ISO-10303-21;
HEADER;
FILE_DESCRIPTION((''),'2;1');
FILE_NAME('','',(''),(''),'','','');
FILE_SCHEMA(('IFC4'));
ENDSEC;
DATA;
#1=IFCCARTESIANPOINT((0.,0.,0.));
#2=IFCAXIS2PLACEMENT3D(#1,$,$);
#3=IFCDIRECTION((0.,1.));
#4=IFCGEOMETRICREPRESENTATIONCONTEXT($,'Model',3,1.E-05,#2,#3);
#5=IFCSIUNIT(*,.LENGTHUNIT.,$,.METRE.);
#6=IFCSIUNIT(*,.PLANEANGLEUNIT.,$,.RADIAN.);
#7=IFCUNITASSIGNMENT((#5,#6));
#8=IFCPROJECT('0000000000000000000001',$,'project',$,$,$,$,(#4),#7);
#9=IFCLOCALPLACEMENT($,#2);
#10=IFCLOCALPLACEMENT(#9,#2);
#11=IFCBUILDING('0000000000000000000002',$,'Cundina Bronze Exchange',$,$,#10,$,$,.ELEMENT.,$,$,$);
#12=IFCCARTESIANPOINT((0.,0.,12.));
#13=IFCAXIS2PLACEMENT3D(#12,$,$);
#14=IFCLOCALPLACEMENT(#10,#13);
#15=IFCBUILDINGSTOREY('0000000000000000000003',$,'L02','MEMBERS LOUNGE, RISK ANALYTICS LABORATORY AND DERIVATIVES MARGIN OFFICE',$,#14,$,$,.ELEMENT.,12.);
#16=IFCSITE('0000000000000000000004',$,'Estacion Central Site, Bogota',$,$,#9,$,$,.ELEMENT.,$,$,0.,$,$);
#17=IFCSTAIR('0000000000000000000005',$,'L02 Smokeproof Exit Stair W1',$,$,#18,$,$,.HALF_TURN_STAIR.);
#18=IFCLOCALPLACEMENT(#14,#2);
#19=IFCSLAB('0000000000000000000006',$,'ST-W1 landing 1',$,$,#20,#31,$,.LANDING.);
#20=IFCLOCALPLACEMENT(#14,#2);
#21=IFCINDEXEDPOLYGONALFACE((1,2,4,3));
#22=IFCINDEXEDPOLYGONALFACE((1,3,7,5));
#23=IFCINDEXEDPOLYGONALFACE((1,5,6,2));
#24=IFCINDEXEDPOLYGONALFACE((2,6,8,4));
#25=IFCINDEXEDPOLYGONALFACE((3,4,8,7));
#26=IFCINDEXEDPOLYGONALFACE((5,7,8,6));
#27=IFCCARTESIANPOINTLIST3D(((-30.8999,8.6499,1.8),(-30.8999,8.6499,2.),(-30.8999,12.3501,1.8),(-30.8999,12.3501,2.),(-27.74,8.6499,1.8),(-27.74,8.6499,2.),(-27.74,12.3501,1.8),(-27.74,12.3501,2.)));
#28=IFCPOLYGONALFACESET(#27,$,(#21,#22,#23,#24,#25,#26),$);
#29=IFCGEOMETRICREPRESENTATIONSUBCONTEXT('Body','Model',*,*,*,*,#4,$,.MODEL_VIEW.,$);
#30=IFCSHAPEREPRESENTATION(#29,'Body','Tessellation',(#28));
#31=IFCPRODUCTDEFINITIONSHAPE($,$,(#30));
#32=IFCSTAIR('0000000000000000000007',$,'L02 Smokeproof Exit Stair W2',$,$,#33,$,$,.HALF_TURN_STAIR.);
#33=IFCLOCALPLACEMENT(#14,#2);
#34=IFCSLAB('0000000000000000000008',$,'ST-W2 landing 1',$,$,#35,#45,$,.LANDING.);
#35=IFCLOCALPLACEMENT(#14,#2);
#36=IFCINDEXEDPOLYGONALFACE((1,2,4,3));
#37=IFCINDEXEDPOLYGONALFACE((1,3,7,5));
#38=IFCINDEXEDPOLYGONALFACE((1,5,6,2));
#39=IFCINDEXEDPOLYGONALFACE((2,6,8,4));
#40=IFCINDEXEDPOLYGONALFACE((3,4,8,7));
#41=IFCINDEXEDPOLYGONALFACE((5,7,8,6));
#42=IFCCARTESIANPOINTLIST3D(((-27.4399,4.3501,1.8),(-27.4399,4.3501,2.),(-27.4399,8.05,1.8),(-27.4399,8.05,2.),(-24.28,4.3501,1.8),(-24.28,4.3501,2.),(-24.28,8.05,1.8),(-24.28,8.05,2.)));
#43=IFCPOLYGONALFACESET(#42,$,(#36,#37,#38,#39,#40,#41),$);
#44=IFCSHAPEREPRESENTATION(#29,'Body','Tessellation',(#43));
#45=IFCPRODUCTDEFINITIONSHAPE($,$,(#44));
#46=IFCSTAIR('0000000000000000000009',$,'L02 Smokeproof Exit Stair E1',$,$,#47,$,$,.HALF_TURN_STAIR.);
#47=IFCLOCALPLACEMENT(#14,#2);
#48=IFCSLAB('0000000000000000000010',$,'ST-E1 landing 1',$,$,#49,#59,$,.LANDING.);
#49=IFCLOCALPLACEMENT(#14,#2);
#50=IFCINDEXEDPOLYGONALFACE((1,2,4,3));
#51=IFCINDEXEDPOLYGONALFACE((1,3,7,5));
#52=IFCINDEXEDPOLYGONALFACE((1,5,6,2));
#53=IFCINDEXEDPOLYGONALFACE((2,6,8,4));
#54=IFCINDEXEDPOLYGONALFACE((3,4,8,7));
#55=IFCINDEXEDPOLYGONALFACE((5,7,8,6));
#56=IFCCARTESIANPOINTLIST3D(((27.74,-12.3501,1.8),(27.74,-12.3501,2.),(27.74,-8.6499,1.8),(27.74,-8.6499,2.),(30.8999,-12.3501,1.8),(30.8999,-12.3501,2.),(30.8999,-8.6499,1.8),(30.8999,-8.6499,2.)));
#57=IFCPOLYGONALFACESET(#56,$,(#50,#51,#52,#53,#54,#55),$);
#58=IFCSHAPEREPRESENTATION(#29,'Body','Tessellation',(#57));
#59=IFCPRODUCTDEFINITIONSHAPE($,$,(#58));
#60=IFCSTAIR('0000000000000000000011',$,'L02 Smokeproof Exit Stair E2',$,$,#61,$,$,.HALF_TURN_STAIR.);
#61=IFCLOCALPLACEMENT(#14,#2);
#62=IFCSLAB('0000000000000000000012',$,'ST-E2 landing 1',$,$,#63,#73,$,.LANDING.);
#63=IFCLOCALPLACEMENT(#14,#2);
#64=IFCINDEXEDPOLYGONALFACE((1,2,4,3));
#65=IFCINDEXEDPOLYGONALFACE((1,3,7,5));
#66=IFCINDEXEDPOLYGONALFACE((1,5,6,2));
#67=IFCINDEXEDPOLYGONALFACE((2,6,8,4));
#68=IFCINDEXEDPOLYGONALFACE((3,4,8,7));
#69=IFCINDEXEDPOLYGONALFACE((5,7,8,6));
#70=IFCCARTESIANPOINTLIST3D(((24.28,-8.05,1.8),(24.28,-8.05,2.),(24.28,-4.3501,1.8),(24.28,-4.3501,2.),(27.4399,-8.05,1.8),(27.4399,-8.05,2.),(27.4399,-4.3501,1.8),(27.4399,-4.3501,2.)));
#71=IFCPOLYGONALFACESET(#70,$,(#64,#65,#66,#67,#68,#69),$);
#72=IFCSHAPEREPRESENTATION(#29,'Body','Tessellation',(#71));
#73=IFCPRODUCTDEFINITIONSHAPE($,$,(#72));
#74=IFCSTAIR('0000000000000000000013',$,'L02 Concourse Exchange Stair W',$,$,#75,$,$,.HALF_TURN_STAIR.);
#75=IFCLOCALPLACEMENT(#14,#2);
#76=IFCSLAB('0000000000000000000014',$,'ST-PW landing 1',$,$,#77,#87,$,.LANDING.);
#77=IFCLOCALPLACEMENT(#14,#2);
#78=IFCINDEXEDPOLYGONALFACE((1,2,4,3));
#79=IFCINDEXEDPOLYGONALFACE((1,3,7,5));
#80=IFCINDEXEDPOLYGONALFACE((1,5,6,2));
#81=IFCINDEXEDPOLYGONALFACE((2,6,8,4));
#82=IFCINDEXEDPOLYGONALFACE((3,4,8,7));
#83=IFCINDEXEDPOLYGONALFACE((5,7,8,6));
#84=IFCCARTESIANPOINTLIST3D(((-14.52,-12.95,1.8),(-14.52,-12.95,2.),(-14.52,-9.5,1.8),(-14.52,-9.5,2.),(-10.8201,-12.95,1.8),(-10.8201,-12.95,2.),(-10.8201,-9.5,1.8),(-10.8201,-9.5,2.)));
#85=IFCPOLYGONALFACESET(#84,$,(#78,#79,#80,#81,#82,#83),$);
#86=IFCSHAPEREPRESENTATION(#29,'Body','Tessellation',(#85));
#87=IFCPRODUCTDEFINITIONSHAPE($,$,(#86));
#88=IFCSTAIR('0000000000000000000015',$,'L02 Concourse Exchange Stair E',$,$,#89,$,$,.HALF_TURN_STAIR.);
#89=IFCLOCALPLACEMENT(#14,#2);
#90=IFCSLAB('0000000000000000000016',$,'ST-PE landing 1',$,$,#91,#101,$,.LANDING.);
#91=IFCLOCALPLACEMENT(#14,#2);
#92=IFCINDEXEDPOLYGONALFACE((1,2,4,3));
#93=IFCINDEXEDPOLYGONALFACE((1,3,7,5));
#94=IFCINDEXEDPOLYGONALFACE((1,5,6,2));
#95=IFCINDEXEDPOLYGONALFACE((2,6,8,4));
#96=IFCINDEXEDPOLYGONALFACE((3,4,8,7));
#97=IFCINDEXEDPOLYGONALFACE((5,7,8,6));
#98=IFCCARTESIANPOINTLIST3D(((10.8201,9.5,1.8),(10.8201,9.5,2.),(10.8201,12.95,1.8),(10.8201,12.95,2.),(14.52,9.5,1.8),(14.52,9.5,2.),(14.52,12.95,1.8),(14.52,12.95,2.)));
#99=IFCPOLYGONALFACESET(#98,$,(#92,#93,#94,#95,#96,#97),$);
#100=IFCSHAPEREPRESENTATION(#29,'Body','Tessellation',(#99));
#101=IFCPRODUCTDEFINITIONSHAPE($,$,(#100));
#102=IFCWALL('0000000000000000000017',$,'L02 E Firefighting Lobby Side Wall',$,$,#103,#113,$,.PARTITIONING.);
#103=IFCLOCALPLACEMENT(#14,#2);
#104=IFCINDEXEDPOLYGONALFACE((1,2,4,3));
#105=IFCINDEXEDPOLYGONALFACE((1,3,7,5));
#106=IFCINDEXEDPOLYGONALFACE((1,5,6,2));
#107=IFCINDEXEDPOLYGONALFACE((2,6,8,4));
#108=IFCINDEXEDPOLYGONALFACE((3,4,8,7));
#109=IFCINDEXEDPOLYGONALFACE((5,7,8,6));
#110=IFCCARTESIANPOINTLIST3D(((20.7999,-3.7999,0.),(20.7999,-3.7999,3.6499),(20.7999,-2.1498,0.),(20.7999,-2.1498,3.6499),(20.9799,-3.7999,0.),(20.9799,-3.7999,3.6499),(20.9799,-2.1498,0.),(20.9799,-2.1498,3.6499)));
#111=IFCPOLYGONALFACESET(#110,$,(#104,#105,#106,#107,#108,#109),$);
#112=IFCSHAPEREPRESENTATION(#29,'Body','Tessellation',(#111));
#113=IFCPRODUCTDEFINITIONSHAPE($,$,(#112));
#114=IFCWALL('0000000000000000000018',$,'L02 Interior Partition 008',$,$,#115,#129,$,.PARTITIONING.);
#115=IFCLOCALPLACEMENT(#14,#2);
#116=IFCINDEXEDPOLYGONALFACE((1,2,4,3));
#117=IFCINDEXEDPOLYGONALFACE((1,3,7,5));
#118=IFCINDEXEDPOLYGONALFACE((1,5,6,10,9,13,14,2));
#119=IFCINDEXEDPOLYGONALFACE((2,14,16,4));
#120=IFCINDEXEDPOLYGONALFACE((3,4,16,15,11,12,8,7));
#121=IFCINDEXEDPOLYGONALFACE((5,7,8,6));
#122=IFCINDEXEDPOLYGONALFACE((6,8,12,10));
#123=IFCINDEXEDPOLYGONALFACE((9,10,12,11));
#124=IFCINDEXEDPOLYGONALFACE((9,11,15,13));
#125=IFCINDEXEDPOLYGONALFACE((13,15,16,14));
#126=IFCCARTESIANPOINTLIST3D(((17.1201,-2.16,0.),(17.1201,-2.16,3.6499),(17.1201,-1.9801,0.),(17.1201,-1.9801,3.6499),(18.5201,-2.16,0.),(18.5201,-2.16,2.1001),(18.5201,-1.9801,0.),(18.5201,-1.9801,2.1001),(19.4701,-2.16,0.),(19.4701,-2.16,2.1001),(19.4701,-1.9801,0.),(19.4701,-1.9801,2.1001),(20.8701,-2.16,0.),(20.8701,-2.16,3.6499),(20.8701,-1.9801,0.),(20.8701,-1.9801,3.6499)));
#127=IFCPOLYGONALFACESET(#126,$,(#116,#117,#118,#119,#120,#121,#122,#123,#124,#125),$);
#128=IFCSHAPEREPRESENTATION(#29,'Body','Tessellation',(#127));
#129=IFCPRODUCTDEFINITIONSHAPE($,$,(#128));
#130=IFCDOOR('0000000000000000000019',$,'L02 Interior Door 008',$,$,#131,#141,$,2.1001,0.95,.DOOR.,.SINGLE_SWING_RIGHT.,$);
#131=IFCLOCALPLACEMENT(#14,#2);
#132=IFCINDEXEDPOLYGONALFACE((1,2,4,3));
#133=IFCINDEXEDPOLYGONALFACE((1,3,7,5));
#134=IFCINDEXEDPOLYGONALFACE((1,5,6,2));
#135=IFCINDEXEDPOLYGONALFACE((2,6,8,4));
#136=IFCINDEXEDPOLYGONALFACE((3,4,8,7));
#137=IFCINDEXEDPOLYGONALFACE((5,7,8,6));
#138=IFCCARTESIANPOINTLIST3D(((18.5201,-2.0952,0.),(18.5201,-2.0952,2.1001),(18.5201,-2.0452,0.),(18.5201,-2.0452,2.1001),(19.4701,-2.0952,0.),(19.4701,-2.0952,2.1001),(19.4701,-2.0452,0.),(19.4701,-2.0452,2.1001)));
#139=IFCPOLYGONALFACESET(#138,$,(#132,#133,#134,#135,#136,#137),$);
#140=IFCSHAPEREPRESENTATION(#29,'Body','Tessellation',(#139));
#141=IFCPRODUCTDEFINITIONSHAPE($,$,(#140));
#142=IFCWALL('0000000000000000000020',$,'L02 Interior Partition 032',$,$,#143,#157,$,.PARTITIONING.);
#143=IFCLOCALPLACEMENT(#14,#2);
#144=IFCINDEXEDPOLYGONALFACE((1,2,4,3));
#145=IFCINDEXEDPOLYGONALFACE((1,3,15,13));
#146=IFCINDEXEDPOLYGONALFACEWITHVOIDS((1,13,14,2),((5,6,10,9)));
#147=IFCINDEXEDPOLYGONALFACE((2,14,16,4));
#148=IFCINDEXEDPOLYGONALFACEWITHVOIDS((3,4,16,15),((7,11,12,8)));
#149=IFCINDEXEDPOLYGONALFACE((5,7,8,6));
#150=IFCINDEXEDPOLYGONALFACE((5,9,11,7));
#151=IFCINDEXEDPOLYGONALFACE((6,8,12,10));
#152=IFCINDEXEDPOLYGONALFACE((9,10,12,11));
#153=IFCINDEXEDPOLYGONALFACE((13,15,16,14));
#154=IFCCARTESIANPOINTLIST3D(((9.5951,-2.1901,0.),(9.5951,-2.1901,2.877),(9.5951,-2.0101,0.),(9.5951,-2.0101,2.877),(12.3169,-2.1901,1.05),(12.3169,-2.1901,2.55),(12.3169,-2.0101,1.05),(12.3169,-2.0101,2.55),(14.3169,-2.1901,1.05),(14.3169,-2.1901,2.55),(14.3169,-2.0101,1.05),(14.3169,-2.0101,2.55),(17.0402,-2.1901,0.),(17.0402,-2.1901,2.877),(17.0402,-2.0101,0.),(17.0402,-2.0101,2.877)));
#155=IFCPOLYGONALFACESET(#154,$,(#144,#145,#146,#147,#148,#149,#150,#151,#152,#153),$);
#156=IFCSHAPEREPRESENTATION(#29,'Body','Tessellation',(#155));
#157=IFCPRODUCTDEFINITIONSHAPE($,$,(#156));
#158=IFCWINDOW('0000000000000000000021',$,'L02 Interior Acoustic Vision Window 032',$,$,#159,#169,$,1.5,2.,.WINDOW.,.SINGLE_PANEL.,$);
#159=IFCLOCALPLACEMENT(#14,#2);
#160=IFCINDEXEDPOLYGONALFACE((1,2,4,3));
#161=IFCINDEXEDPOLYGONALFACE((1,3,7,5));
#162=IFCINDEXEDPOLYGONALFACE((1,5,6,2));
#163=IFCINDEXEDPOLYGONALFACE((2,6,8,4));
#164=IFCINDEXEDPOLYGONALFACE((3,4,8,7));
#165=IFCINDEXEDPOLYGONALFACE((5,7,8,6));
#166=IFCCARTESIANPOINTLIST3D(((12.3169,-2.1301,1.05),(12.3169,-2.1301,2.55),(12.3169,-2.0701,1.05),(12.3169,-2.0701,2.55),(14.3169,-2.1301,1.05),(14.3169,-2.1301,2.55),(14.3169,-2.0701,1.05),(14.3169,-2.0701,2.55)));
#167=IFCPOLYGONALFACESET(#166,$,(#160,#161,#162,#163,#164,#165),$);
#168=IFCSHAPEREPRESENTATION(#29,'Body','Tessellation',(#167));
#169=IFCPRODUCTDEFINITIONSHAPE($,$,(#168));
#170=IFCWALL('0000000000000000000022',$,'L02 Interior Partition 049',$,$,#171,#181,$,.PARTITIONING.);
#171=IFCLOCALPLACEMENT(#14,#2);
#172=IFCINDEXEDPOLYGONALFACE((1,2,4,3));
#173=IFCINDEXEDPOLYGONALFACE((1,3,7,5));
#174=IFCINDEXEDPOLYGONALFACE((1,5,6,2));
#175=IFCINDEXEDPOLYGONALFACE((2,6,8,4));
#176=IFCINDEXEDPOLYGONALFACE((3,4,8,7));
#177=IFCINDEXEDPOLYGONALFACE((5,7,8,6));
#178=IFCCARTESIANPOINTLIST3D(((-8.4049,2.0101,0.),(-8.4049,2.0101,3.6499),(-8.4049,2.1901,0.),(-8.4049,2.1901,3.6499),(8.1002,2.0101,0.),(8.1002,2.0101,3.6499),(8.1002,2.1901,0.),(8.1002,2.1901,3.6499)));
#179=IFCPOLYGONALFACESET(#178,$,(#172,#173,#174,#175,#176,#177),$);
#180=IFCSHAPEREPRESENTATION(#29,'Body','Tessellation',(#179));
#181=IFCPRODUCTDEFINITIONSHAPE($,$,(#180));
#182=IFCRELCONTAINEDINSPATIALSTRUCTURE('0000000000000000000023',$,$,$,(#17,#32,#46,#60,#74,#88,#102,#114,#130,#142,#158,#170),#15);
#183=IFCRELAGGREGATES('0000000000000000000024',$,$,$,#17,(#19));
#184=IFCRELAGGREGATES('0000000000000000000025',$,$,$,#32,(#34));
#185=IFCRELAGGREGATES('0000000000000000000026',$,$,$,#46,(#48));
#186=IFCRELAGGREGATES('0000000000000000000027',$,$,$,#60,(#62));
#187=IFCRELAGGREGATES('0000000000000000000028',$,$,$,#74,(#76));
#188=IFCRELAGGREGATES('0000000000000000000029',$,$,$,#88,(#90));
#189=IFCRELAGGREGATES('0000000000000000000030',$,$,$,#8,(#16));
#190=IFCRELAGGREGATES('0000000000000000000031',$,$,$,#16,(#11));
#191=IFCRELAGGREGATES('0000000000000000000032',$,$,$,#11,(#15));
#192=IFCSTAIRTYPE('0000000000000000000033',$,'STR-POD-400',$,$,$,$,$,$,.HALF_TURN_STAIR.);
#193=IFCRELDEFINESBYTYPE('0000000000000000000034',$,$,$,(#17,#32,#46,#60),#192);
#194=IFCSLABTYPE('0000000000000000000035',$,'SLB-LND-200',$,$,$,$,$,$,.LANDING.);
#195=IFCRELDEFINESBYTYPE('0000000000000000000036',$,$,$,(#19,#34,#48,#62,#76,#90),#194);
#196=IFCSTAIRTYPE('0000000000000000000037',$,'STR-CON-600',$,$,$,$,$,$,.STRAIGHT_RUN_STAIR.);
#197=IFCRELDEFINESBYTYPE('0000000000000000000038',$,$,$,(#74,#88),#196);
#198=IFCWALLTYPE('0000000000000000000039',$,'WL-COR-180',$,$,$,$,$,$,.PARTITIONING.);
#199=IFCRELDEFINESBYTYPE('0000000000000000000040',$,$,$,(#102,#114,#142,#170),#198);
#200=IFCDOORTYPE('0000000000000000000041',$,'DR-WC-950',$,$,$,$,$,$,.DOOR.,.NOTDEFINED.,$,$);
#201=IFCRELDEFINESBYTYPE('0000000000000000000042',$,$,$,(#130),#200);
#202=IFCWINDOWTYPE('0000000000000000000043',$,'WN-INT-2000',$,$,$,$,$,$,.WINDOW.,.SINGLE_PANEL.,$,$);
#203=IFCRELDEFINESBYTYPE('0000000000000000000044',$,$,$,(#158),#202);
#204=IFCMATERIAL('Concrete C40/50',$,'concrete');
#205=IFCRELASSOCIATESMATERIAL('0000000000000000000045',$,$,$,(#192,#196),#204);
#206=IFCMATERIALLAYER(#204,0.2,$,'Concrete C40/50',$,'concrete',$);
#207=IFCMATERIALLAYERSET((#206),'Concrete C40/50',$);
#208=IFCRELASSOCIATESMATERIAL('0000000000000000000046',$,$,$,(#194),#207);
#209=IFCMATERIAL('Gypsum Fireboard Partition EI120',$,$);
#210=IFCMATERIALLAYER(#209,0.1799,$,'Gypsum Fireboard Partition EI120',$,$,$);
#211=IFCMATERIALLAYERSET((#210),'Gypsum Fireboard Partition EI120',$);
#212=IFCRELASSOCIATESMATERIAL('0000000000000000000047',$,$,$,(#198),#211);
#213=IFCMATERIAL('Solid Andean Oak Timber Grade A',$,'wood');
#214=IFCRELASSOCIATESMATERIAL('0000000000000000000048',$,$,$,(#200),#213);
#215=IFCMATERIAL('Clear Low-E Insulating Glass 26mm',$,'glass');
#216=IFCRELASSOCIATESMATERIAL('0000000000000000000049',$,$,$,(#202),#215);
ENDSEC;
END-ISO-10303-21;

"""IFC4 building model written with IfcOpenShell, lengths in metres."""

from ifc_helpers import new_model, si_unit, direction, frame, frame_2d, origin, place, context, subcontext, project, spatial, polyline, rectangle, outline, extrude, material, layer, layer_set, type_object, element, fill, aggregate, save


model = new_model("IFC4")

# Units and contexts
model_context = context("Model", 3, precision=1e-05, world=origin(), true_north=direction((0.0, 1.0)))
body_context = subcontext(model_context, "Body", "Model", "MODEL_VIEW")
ifc_project = project(units=[si_unit("LENGTHUNIT", "METRE"), si_unit("PLANEANGLEUNIT", "RADIAN")], contexts=[model_context])

# Site, building, storey
site_placement = place(None, origin())
site = spatial("IfcSite", under=ifc_project, at=site_placement, Name="Estacion Central Site, Bogota", CompositionType="ELEMENT", RefElevation=0.0)
building_placement = place(site_placement, origin())
building = spatial("IfcBuilding", under=site, at=building_placement, Name="Cundina Bronze Exchange", CompositionType="ELEMENT")
storey_placement = place(building_placement, frame((0.0, 0.0, 12.0)))
storey = spatial("IfcBuildingStorey", under=building, at=storey_placement, Name="L02", Description="MEMBERS LOUNGE, RISK ANALYTICS LABORATORY AND DERIVATIVES MARGIN OFFICE", CompositionType="ELEMENT", Elevation=12.0)

# Stairs, slabs
ifc_material_1 = material(Name="Concrete C40/50", Category="concrete")
stair_type_1 = type_object("IfcStairType", Name="STR-POD-400", PredefinedType="HALF_TURN_STAIR", material=ifc_material_1)
stair_1_placement = place(storey_placement, origin())
stair_1 = element("IfcStair", 1, at=stair_1_placement, inside=storey, type_object=stair_type_1, Name="L02 Smokeproof Exit Stair W1", PredefinedType="HALF_TURN_STAIR")
ifc_layer_1 = layer(ifc_material_1, 0.2, Name="Concrete C40/50", Category="concrete")
ifc_layer_set_1 = layer_set([ifc_layer_1], Name="Concrete C40/50")
slab_type = type_object("IfcSlabType", Name="SLB-LND-200", PredefinedType="LANDING", material=ifc_layer_set_1)
slab_1_placement = place(storey_placement, frame((0.0, 0.0, 1.8)))
slab_1 = element("IfcSlab", 2, at=slab_1_placement, type_object=slab_type, Name="ST-W1 landing 1", PredefinedType="LANDING", context=body_context, shape_type="SweptSolid", body=[
    extrude(outline(polyline([(-27.74, 8.6499), (-27.74, 12.3501), (-30.8999, 12.3501), (-30.8999, 8.6499), (-27.74, 8.6499)])), origin(), (0.0, 0.0, 1.0), 0.2),
])
aggregate(stair_1, [slab_1])
stair_2_placement = place(storey_placement, origin())
stair_2 = element("IfcStair", 3, at=stair_2_placement, inside=storey, type_object=stair_type_1, Name="L02 Smokeproof Exit Stair W2", PredefinedType="HALF_TURN_STAIR")
slab_2_placement = place(storey_placement, frame((0.0, 0.0, 1.8)))
slab_2 = element("IfcSlab", 4, at=slab_2_placement, type_object=slab_type, Name="ST-W2 landing 1", PredefinedType="LANDING", context=body_context, shape_type="SweptSolid", body=[
    extrude(outline(polyline([(-27.4399, 8.05), (-27.4399, 4.3501), (-24.28, 4.3501), (-24.28, 8.05), (-27.4399, 8.05)])), origin(), (0.0, 0.0, 1.0), 0.2),
])
aggregate(stair_2, [slab_2])
stair_3_placement = place(storey_placement, origin())
stair_3 = element("IfcStair", 5, at=stair_3_placement, inside=storey, type_object=stair_type_1, Name="L02 Smokeproof Exit Stair E1", PredefinedType="HALF_TURN_STAIR")
slab_3_placement = place(storey_placement, frame((0.0, 0.0, 1.8)))
slab_3 = element("IfcSlab", 6, at=slab_3_placement, type_object=slab_type, Name="ST-E1 landing 1", PredefinedType="LANDING", context=body_context, shape_type="SweptSolid", body=[
    extrude(outline(polyline([(27.74, -8.6499), (27.74, -12.3501), (30.8999, -12.3501), (30.8999, -8.6499), (27.74, -8.6499)])), origin(), (0.0, 0.0, 1.0), 0.2),
])
aggregate(stair_3, [slab_3])
stair_4_placement = place(storey_placement, origin())
stair_4 = element("IfcStair", 7, at=stair_4_placement, inside=storey, type_object=stair_type_1, Name="L02 Smokeproof Exit Stair E2", PredefinedType="HALF_TURN_STAIR")
slab_4_placement = place(storey_placement, frame((0.0, 0.0, 1.8)))
slab_4 = element("IfcSlab", 8, at=slab_4_placement, type_object=slab_type, Name="ST-E2 landing 1", PredefinedType="LANDING", context=body_context, shape_type="SweptSolid", body=[
    extrude(outline(polyline([(27.4399, -8.05), (27.4399, -4.3501), (24.28, -4.3501), (24.28, -8.05), (27.4399, -8.05)])), origin(), (0.0, 0.0, 1.0), 0.2),
])
aggregate(stair_4, [slab_4])
stair_type_2 = type_object("IfcStairType", Name="STR-CON-600", PredefinedType="STRAIGHT_RUN_STAIR", material=ifc_material_1)
stair_5_placement = place(storey_placement, origin())
stair_5 = element("IfcStair", 9, at=stair_5_placement, inside=storey, type_object=stair_type_2, Name="L02 Concourse Exchange Stair W", PredefinedType="HALF_TURN_STAIR")
slab_5_placement = place(storey_placement, frame((0.0, 0.0, 1.8)))
slab_5 = element("IfcSlab", 10, at=slab_5_placement, type_object=slab_type, Name="ST-PW landing 1", PredefinedType="LANDING", context=body_context, shape_type="SweptSolid", body=[
    extrude(outline(polyline([(-10.8201, -12.95), (-10.8201, -9.5), (-14.52, -9.5), (-14.52, -12.95), (-10.8201, -12.95)])), origin(), (0.0, 0.0, 1.0), 0.2),
])
aggregate(stair_5, [slab_5])
stair_6_placement = place(storey_placement, origin())
stair_6 = element("IfcStair", 11, at=stair_6_placement, inside=storey, type_object=stair_type_2, Name="L02 Concourse Exchange Stair E", PredefinedType="HALF_TURN_STAIR")
slab_6_placement = place(storey_placement, frame((0.0, 0.0, 1.8)))
slab_6 = element("IfcSlab", 12, at=slab_6_placement, type_object=slab_type, Name="ST-PE landing 1", PredefinedType="LANDING", context=body_context, shape_type="SweptSolid", body=[
    extrude(outline(polyline([(10.8201, 12.95), (10.8201, 9.5), (14.52, 9.5), (14.52, 12.95), (10.8201, 12.95)])), origin(), (0.0, 0.0, 1.0), 0.2),
])
aggregate(stair_6, [slab_6])

# Wall
ifc_material_2 = material(Name="Gypsum Fireboard Partition EI120")
ifc_layer_2 = layer(ifc_material_2, 0.1799, Name="Gypsum Fireboard Partition EI120")
ifc_layer_set_2 = layer_set([ifc_layer_2], Name="Gypsum Fireboard Partition EI120")
wall_type_1 = type_object("IfcWallType", Name="WL-COR-180", PredefinedType="PARTITIONING", material=ifc_layer_set_2)
wall_1_placement = place(storey_placement, frame((20.8899, -3.8, 0.0), z_axis=(0.0, 0.0, 1.0), x_axis=(0.0, 1.0, 0.0)))
element("IfcWall", 13, at=wall_1_placement, inside=storey, type_object=wall_type_1, Name="L02 E Firefighting Lobby Side Wall", PredefinedType="PARTITIONING", context=body_context, shape_type="SweptSolid", body=[
    extrude(rectangle(XDim=1.6501, YDim=0.1799, at=frame_2d((0.8252, 0.0))), origin(), (0.0, 0.0, 1.0), 3.6499),
])

# Wall, opening, door
wall_2_placement = place(storey_placement, frame((17.1201, -2.0701, 0.0), z_axis=(0.0, 0.0, 1.0), x_axis=(1.0, 0.0, 0.0)))
wall_2 = element("IfcWall", 14, at=wall_2_placement, inside=storey, type_object=wall_type_1, Name="L02 Interior Partition 008", PredefinedType="PARTITIONING", context=body_context, shape_type="SweptSolid", body=[
    extrude(rectangle(XDim=3.75, YDim=0.1799, at=frame_2d((1.875, 0.0))), origin(), (0.0, 0.0, 1.0), 3.6499),
])
opening_1_placement = place(wall_2_placement, frame((1.3999, 0.0, 0.0)))
opening_1 = element("IfcOpeningElement", 15, at=opening_1_placement, cuts=wall_2, PredefinedType="OPENING", context=body_context, shape_type="SweptSolid", body=[
    extrude(rectangle(XDim=0.95, YDim=2.1001, at=frame_2d((0.4751, 1.05))), frame((0.0, 0.0999, 0.0), z_axis=(0.0, -1.0, 0.0), x_axis=(1.0, 0.0, 0.0)), (0.0, 0.0, 1.0), 0.2),
])
ifc_material_3 = material(Name="Solid Andean Oak Timber Grade A", Category="wood")
door_type_1 = type_object("IfcDoorType", Name="DR-WC-950", OperationType="NOTDEFINED", PredefinedType="DOOR", material=ifc_material_3)
door_1_placement = place(opening_1_placement, origin())
door_1 = element("IfcDoor", 16, at=door_1_placement, inside=storey, type_object=door_type_1, Name="L02 Interior Door 008", OperationType="SINGLE_SWING_RIGHT", OverallHeight=2.1001, OverallWidth=0.95, PredefinedType="DOOR", context=body_context, shape_type="SweptSolid", body=[
    extrude(rectangle(XDim=0.95, YDim=2.1001, at=frame_2d((0.4751, 1.05))), frame((0.0, 0.0249, 0.0), z_axis=(0.0, -1.0, 0.0), x_axis=(1.0, 0.0, 0.0)), (0.0, 0.0, 1.0), 0.05),
])
fill(opening_1, door_1)

# Wall, opening, window
wall_3_placement = place(storey_placement, frame((9.595, -2.1001, 0.0), z_axis=(0.0, 0.0, 1.0), x_axis=(1.0, 0.0, 0.0)))
wall_3 = element("IfcWall", 17, at=wall_3_placement, inside=storey, type_object=wall_type_1, Name="L02 Interior Partition 032", PredefinedType="PARTITIONING", context=body_context, shape_type="SweptSolid", body=[
    extrude(rectangle(XDim=7.4451, YDim=0.1799, at=frame_2d((3.7227, 0.0))), origin(), (0.0, 0.0, 1.0), 2.877),
])
opening_2_placement = place(wall_3_placement, frame((2.7219, 0.0, 1.05)))
opening_2 = element("IfcOpeningElement", 18, at=opening_2_placement, cuts=wall_3, PredefinedType="OPENING", context=body_context, shape_type="SweptSolid", body=[
    extrude(rectangle(XDim=2.0, YDim=1.5, at=frame_2d((1.0, 0.75))), frame((0.0, 0.0999, 0.0), z_axis=(0.0, -1.0, 0.0), x_axis=(1.0, 0.0, 0.0)), (0.0, 0.0, 1.0), 0.2),
])
ifc_material_4 = material(Name="Clear Low-E Insulating Glass 26mm", Category="glass")
window_type = type_object("IfcWindowType", Name="WN-INT-2000", PartitioningType="SINGLE_PANEL", PredefinedType="WINDOW", material=ifc_material_4)
window_placement = place(opening_2_placement, origin())
window = element("IfcWindow", 19, at=window_placement, inside=storey, type_object=window_type, Name="L02 Interior Acoustic Vision Window 032", OverallHeight=1.5, OverallWidth=2.0, PartitioningType="SINGLE_PANEL", PredefinedType="WINDOW", context=body_context, shape_type="SweptSolid", body=[
    extrude(rectangle(XDim=2.0, YDim=1.5, at=frame_2d((1.0, 0.75))), frame((0.0, 0.03, 0.0), z_axis=(0.0, -1.0, 0.0), x_axis=(1.0, 0.0, 0.0)), (0.0, 0.0, 1.0), 0.0601),
])
fill(opening_2, window)

# Wall
wall_4_placement = place(storey_placement, frame((8.1001, 2.1001, 0.0), z_axis=(0.0, 0.0, 1.0), x_axis=(-1.0, 0.0, 0.0)))
element("IfcWall", 20, at=wall_4_placement, inside=storey, type_object=wall_type_1, Name="L02 Interior Partition 049", PredefinedType="PARTITIONING", context=body_context, shape_type="SweptSolid", body=[
    extrude(rectangle(XDim=16.5051, YDim=0.1799, at=frame_2d((8.2524, 0.0))), origin(), (0.0, 0.0, 1.0), 3.6499),
])

save(model, "model.ifc")
